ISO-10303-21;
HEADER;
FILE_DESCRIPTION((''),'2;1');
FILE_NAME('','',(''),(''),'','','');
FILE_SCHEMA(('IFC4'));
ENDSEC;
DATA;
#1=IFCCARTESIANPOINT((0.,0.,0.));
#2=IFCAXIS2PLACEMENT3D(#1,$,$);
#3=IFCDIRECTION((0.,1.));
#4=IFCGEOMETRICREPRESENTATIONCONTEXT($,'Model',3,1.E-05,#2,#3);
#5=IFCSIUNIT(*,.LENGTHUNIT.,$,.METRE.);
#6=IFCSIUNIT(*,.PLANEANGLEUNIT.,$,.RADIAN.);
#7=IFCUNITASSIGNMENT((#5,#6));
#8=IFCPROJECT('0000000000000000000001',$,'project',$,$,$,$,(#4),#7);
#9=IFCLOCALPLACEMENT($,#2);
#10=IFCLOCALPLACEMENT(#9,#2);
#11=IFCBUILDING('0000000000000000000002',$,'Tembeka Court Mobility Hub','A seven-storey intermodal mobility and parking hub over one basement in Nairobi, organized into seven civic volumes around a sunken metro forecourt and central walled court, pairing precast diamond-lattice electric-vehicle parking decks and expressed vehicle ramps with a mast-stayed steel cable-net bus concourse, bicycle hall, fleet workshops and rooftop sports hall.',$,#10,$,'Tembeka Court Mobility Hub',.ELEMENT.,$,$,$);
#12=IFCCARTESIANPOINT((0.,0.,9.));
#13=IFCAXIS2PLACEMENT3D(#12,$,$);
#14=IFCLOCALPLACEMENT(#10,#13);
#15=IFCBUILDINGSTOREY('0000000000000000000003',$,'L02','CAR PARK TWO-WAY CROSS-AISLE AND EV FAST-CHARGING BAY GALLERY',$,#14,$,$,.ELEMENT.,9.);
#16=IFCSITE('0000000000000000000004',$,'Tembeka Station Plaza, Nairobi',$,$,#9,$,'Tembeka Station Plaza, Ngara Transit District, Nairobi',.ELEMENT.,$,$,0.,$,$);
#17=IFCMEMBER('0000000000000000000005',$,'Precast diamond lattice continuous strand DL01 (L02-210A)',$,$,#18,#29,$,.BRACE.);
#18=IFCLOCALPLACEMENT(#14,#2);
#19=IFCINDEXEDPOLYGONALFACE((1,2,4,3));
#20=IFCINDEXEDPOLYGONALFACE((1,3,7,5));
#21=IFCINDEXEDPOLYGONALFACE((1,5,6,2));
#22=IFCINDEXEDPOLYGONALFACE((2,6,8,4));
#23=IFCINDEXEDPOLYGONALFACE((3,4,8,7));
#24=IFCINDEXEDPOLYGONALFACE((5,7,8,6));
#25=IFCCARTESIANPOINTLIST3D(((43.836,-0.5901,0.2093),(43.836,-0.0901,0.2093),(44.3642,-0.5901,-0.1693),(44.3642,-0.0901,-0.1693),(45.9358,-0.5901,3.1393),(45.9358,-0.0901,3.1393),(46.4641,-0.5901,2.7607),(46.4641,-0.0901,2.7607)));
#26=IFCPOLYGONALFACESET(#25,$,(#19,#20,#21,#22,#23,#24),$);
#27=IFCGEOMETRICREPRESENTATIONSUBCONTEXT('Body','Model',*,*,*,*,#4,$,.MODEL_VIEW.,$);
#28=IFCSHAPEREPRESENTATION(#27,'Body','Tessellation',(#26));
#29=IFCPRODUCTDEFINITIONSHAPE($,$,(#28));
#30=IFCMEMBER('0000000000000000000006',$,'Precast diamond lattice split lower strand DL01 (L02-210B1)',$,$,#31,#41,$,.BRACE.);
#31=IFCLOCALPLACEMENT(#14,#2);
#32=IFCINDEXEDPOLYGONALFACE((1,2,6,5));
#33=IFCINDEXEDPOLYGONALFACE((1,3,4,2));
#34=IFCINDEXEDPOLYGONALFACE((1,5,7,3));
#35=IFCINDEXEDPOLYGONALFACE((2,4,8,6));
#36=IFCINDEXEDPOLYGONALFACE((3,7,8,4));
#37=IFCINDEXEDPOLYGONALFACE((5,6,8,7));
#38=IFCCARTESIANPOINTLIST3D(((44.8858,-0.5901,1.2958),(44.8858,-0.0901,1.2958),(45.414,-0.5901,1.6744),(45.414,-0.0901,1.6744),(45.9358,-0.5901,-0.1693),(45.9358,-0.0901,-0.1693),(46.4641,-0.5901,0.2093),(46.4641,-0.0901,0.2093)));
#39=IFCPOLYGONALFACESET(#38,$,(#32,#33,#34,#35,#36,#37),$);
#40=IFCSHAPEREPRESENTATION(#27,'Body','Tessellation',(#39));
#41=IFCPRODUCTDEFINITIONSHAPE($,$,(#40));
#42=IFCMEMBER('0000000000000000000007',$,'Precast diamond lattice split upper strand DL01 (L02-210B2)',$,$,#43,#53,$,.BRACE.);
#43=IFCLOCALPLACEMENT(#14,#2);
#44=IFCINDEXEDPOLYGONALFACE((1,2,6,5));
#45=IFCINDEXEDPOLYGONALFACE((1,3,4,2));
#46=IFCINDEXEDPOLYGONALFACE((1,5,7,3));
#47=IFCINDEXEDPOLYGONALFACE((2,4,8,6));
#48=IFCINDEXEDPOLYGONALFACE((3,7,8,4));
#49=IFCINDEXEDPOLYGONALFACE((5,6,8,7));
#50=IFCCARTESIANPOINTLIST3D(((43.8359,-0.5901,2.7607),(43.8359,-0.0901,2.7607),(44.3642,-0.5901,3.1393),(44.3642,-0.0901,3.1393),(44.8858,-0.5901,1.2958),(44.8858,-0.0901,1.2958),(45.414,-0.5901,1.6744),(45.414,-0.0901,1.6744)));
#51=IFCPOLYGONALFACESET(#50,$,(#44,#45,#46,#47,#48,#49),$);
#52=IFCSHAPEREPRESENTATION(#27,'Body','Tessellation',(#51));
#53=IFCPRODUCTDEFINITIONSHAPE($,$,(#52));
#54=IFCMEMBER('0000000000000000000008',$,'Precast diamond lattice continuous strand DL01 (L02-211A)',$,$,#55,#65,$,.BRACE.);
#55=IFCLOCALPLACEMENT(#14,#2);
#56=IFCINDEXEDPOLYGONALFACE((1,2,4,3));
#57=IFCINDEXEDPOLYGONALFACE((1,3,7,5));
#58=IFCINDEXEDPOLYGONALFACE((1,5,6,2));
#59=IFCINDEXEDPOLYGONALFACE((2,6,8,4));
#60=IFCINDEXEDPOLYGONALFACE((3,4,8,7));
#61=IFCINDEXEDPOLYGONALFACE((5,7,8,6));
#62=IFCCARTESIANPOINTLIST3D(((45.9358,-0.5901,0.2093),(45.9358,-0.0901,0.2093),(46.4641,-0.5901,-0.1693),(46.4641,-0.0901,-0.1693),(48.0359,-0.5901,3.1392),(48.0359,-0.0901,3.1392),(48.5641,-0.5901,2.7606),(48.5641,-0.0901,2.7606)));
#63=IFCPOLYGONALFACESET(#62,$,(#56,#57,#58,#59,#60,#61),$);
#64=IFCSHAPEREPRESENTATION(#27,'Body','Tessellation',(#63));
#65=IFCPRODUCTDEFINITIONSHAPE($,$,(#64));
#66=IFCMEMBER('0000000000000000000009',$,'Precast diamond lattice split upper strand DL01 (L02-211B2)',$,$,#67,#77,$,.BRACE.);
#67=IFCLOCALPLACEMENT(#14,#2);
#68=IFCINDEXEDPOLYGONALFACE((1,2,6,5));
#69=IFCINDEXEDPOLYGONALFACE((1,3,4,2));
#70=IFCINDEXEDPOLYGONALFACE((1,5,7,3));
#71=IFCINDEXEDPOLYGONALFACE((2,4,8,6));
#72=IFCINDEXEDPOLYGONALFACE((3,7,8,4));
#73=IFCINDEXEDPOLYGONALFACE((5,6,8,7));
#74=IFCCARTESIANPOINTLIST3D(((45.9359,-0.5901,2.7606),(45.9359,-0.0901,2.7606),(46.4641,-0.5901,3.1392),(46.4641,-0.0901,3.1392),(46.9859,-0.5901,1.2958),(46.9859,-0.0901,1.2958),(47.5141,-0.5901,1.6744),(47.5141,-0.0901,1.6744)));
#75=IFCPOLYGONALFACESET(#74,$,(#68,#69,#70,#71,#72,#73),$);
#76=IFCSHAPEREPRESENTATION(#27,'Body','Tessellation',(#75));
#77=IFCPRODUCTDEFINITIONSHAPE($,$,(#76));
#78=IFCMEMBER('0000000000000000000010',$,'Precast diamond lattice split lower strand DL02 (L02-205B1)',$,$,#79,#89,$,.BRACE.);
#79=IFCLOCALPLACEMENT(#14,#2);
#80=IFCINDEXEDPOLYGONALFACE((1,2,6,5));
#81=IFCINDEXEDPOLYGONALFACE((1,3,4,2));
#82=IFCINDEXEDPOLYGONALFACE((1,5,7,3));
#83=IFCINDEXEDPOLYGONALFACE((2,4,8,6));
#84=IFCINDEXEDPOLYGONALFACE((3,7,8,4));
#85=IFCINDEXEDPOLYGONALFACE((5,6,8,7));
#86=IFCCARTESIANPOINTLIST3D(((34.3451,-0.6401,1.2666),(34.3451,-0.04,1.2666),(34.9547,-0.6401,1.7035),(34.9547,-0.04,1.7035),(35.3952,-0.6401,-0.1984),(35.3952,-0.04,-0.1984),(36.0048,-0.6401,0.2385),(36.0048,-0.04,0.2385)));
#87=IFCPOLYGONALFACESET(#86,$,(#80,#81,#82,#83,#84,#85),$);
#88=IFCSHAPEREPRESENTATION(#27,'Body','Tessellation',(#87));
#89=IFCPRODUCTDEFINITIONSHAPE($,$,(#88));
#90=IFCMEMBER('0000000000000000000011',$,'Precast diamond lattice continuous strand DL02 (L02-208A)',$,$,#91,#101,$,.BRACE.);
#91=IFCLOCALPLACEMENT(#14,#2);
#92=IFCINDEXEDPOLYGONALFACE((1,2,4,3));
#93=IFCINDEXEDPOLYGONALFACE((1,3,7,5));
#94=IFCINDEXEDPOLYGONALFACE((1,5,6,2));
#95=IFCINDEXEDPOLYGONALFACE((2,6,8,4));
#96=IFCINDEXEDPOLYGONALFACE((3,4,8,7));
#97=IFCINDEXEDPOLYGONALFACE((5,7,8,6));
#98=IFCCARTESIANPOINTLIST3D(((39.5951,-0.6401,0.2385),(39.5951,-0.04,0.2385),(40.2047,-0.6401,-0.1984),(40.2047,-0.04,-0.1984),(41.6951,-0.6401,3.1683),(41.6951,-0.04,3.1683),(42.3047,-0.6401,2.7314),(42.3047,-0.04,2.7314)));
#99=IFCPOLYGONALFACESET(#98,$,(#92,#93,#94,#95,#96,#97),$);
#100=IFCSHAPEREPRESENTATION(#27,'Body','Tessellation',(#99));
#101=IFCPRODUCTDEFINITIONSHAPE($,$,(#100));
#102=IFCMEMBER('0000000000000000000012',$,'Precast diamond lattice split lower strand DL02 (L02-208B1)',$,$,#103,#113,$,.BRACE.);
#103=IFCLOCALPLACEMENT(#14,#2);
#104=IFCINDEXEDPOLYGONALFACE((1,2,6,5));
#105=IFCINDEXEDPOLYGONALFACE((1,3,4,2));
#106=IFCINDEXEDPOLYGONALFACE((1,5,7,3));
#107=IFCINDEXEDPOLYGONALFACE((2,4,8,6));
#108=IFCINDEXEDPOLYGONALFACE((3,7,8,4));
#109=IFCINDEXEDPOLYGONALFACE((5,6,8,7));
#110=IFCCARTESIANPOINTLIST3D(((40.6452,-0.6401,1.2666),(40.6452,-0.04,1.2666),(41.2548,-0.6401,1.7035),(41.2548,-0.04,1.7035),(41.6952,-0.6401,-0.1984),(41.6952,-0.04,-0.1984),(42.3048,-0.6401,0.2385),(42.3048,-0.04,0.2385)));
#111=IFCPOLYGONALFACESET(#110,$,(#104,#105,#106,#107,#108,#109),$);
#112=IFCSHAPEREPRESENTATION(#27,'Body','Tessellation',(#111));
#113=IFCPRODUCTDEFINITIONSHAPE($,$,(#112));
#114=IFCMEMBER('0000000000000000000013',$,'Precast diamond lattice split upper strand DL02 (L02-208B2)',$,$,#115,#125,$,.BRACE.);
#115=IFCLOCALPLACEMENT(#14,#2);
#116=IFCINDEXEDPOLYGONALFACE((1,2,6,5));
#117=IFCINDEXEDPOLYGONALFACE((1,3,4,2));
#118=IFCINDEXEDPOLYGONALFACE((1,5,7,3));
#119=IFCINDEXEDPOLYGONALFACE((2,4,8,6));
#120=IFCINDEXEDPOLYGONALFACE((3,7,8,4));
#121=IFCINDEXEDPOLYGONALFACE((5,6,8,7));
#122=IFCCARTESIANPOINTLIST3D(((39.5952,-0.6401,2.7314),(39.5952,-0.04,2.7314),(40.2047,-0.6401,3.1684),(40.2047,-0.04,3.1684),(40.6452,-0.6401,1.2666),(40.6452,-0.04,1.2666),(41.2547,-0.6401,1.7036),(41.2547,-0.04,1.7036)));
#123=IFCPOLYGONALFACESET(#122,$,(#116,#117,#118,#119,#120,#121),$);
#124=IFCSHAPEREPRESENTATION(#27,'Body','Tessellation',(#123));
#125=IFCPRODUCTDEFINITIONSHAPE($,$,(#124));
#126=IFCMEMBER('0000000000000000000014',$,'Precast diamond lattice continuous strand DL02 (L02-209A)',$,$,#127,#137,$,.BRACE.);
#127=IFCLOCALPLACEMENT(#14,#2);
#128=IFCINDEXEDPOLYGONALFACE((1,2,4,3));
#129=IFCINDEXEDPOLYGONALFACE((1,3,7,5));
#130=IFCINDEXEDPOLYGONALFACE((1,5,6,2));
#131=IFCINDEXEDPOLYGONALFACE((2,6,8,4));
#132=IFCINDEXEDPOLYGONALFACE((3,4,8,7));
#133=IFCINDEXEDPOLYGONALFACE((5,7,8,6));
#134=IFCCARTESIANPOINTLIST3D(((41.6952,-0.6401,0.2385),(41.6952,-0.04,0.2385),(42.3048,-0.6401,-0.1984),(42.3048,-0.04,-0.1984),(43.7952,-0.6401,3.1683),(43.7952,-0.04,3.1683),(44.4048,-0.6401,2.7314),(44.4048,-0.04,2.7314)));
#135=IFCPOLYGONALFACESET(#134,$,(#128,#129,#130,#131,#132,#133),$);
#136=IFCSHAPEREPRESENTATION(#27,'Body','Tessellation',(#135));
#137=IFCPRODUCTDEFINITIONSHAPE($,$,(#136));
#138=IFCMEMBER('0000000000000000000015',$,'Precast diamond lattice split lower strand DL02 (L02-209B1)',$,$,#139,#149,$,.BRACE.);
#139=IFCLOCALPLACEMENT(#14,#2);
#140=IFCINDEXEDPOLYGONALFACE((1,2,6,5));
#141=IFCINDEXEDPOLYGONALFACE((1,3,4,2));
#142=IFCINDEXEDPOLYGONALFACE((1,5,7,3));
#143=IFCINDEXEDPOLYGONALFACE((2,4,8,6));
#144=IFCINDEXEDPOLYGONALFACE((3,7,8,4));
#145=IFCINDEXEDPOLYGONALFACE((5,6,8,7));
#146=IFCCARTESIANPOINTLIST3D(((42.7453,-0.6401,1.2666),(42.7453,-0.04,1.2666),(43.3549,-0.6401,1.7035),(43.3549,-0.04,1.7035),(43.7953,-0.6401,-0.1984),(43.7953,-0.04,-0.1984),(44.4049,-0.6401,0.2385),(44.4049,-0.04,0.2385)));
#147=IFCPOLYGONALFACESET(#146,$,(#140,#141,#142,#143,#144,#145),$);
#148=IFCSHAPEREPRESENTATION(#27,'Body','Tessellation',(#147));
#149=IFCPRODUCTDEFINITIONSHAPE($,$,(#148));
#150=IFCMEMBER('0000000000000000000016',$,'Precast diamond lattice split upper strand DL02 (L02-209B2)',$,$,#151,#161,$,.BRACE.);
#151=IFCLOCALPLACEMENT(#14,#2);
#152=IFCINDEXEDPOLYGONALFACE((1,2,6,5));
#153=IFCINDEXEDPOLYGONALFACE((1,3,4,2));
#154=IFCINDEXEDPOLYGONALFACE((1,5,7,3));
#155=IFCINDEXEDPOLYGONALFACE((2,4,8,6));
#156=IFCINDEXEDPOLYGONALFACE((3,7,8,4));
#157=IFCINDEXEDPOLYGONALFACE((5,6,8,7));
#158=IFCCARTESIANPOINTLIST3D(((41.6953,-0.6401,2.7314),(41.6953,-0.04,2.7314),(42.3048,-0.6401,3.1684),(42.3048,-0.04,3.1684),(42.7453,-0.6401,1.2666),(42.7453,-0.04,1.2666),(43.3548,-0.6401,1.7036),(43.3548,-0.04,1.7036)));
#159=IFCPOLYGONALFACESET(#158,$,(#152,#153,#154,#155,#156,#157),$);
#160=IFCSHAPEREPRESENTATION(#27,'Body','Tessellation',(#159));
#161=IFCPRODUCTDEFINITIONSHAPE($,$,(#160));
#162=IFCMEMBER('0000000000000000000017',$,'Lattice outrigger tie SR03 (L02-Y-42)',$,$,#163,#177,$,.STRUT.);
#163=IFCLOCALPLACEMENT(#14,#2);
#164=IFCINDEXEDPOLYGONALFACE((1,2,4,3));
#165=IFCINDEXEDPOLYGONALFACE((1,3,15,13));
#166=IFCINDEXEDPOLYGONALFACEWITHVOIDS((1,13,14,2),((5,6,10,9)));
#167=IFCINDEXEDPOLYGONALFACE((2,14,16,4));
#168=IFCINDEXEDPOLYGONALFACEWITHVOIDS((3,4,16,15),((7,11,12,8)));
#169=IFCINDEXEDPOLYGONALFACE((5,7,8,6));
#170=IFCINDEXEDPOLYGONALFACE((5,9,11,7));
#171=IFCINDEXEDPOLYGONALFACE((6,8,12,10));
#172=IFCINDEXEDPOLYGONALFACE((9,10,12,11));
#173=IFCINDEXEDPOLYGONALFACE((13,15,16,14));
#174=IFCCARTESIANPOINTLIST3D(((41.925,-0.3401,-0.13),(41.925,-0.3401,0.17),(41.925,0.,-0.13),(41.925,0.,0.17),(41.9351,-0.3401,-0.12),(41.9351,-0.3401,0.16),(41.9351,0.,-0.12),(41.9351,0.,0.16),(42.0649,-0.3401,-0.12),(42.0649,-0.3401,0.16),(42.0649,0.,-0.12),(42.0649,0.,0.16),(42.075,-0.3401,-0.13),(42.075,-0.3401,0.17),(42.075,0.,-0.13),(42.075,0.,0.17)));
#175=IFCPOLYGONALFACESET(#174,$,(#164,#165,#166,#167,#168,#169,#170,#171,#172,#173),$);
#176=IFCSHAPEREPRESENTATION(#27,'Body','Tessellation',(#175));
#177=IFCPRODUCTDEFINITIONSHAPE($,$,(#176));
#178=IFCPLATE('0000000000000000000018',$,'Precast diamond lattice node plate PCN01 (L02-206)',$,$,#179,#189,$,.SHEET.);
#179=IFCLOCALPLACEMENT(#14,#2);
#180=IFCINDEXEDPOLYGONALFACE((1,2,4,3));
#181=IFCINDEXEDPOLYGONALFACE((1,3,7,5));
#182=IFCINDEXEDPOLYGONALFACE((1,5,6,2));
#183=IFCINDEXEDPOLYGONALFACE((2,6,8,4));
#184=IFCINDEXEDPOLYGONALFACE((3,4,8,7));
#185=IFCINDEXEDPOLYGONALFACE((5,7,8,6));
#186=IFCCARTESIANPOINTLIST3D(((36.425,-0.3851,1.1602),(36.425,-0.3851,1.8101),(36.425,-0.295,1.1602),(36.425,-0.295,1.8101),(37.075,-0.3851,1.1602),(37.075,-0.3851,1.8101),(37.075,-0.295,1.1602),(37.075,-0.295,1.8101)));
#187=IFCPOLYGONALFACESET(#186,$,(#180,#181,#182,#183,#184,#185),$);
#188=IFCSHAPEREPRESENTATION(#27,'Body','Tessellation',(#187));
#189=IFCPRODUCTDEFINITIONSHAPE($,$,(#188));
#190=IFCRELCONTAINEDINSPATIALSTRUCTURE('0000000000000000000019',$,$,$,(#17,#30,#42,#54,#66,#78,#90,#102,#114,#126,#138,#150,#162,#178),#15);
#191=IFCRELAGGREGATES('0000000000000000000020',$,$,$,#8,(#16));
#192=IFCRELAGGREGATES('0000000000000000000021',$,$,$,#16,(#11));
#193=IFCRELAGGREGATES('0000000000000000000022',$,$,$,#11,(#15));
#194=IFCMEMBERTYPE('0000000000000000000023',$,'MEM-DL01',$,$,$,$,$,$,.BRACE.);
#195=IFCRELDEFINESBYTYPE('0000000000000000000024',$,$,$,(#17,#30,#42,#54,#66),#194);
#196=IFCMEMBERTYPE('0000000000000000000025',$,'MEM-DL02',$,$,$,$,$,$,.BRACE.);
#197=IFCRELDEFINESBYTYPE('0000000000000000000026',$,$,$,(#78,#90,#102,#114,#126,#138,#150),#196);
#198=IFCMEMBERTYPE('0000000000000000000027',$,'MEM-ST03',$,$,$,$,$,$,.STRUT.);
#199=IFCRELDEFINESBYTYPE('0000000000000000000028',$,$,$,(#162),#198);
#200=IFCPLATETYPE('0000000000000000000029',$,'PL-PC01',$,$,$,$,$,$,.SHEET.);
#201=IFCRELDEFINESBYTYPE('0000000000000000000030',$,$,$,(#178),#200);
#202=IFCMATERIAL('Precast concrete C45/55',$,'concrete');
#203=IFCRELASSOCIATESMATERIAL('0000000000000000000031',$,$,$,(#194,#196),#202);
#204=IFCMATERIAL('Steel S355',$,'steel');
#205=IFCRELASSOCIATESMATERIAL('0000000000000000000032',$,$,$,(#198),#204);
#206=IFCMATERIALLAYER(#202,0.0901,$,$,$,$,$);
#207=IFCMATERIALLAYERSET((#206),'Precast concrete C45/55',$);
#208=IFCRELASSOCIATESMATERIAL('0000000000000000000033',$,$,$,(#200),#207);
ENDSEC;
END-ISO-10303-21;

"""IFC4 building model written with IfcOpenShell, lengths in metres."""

from ifc_helpers import new_model, si_unit, direction, frame, origin, origin_2d, place, context, subcontext, project, spatial, rectangle, hollow_rectangle, extrude, material, layer, layer_set, material_profile, profile_set, type_object, element, save


model = new_model("IFC4")

# Units and contexts
model_context = context("Model", 3, precision=1e-05, world=origin(), true_north=direction((0.0, 1.0)))
body_context = subcontext(model_context, "Body", "Model", "MODEL_VIEW")
ifc_project = project(units=[si_unit("LENGTHUNIT", "METRE"), si_unit("PLANEANGLEUNIT", "RADIAN")], contexts=[model_context])

# Site, building, storey
site_placement = place(None, origin())
site = spatial("IfcSite", under=ifc_project, at=site_placement, Name="Tembeka Station Plaza, Nairobi", LongName="Tembeka Station Plaza, Ngara Transit District, Nairobi", CompositionType="ELEMENT", RefElevation=0.0)
building_placement = place(site_placement, origin())
building = spatial("IfcBuilding", under=site, at=building_placement, Name="Tembeka Court Mobility Hub", Description="A seven-storey intermodal mobility and parking hub over one basement in Nairobi, organized into seven civic volumes around a sunken metro forecourt and central walled court, pairing precast diamond-lattice electric-vehicle parking decks and expressed vehicle ramps with a mast-stayed steel cable-net bus concourse, bicycle hall, fleet workshops and rooftop sports hall.", LongName="Tembeka Court Mobility Hub", CompositionType="ELEMENT")
storey_placement = place(building_placement, frame((0.0, 0.0, 9.0)))
storey = spatial("IfcBuildingStorey", under=building, at=storey_placement, Name="L02", Description="CAR PARK TWO-WAY CROSS-AISLE AND EV FAST-CHARGING BAY GALLERY", CompositionType="ELEMENT", Elevation=9.0)

# Shared definitions
ifc_material_1 = material(Name="Steel S355", Category="steel")

# Shared definitions
ifc_material_2 = material(Name="Precast concrete C45/55", Category="concrete")

# Members
ifc_material_profile_1 = material_profile(ifc_material_2, rectangle(XDim=0.5, YDim=0.6499, at=origin_2d()), Name="PC-DIAG 500x650")
ifc_profile_set_1 = profile_set([ifc_material_profile_1], Name="Precast concrete C45/55")
member_type_1 = type_object("IfcMemberType", Name="MEM-DL01", PredefinedType="BRACE", material=ifc_profile_set_1)
member_1_placement = place(storey_placement, frame((44.1001, -0.3401, 0.02), z_axis=(0.582532, 0.0, 0.812808), x_axis=(0.0, 1.0, 0.0)))
element("IfcMember", 1, at=member_1_placement, inside=storey, type_object=member_type_1, Name="Precast diamond lattice continuous strand DL01 (L02-210A)", PredefinedType="BRACE", context=body_context, shape_type="SweptSolid", body=[
    extrude(rectangle(XDim=0.5, YDim=0.6499, at=origin_2d()), origin(), (0.0, 0.0, 1.0), 3.6047),
])
member_2_placement = place(storey_placement, frame((46.2, -0.3401, 0.02), z_axis=(-0.582544, 0.0, 0.812799), x_axis=(0.0, -1.0, 0.0)))
element("IfcMember", 2, at=member_2_placement, inside=storey, type_object=member_type_1, Name="Precast diamond lattice split lower strand DL01 (L02-210B1)", PredefinedType="BRACE", context=body_context, shape_type="SweptSolid", body=[
    extrude(rectangle(XDim=0.5, YDim=0.6499, at=origin_2d()), origin(), (0.0, 0.0, 1.0), 1.8025),
])
member_3_placement = place(storey_placement, frame((45.1499, -0.3401, 1.4851), z_axis=(-0.582519, 0.0, 0.812817), x_axis=(0.0, -1.0, 0.0)))
element("IfcMember", 3, at=member_3_placement, inside=storey, type_object=member_type_1, Name="Precast diamond lattice split upper strand DL01 (L02-210B2)", PredefinedType="BRACE", context=body_context, shape_type="SweptSolid", body=[
    extrude(rectangle(XDim=0.5, YDim=0.6499, at=origin_2d()), origin(), (0.0, 0.0, 1.0), 1.8022),
])
member_4_placement = place(storey_placement, frame((46.2, -0.3401, 0.02), z_axis=(0.582576, 0.0, 0.812776), x_axis=(0.0, 1.0, 0.0)))
element("IfcMember", 4, at=member_4_placement, inside=storey, type_object=member_type_1, Name="Precast diamond lattice continuous strand DL01 (L02-211A)", PredefinedType="BRACE", context=body_context, shape_type="SweptSolid", body=[
    extrude(rectangle(XDim=0.5, YDim=0.6499, at=origin_2d()), origin(), (0.0, 0.0, 1.0), 3.6047),
])
member_5_placement = place(storey_placement, frame((47.25, -0.3401, 1.4851), z_axis=(-0.582608, 0.0, 0.812753), x_axis=(0.0, -1.0, 0.0)))
element("IfcMember", 5, at=member_5_placement, inside=storey, type_object=member_type_1, Name="Precast diamond lattice split upper strand DL01 (L02-211B2)", PredefinedType="BRACE", context=body_context, shape_type="SweptSolid", body=[
    extrude(rectangle(XDim=0.5, YDim=0.6499, at=origin_2d()), origin(), (0.0, 0.0, 1.0), 1.8022),
])
ifc_material_profile_2 = material_profile(ifc_material_2, rectangle(XDim=0.6001, YDim=0.75, at=origin_2d()), Name="PC-DIAG 600x750")
ifc_profile_set_2 = profile_set([ifc_material_profile_2], Name="Precast concrete C45/55")
member_type_2 = type_object("IfcMemberType", Name="MEM-DL02", PredefinedType="BRACE", material=ifc_profile_set_2)
member_6_placement = place(storey_placement, frame((35.7, -0.3401, 0.02), z_axis=(-0.582544, 0.0, 0.812799), x_axis=(0.0, -1.0, 0.0)))
element("IfcMember", 6, at=member_6_placement, inside=storey, type_object=member_type_2, Name="Precast diamond lattice split lower strand DL02 (L02-205B1)", PredefinedType="BRACE", context=body_context, shape_type="SweptSolid", body=[
    extrude(rectangle(XDim=0.6001, YDim=0.75, at=origin_2d()), origin(), (0.0, 0.0, 1.0), 1.8025),
])
member_7_placement = place(storey_placement, frame((39.8999, -0.3401, 0.02), z_axis=(0.582576, 0.0, 0.812776), x_axis=(0.0, 1.0, 0.0)))
element("IfcMember", 7, at=member_7_placement, inside=storey, type_object=member_type_2, Name="Precast diamond lattice continuous strand DL02 (L02-208A)", PredefinedType="BRACE", context=body_context, shape_type="SweptSolid", body=[
    extrude(rectangle(XDim=0.6001, YDim=0.75, at=origin_2d()), origin(), (0.0, 0.0, 1.0), 3.6047),
])
member_8_placement = place(storey_placement, frame((42.0, -0.3401, 0.02), z_axis=(-0.582544, 0.0, 0.812799), x_axis=(0.0, -1.0, 0.0)))
element("IfcMember", 8, at=member_8_placement, inside=storey, type_object=member_type_2, Name="Precast diamond lattice split lower strand DL02 (L02-208B1)", PredefinedType="BRACE", context=body_context, shape_type="SweptSolid", body=[
    extrude(rectangle(XDim=0.6001, YDim=0.75, at=origin_2d()), origin(), (0.0, 0.0, 1.0), 1.8025),
])
member_9_placement = place(storey_placement, frame((40.95, -0.3401, 1.4851), z_axis=(-0.582608, 0.0, 0.812753), x_axis=(0.0, -1.0, 0.0)))
element("IfcMember", 9, at=member_9_placement, inside=storey, type_object=member_type_2, Name="Precast diamond lattice split upper strand DL02 (L02-208B2)", PredefinedType="BRACE", context=body_context, shape_type="SweptSolid", body=[
    extrude(rectangle(XDim=0.6001, YDim=0.75, at=origin_2d()), origin(), (0.0, 0.0, 1.0), 1.8022),
])
member_10_placement = place(storey_placement, frame((42.0, -0.3401, 0.02), z_axis=(0.582576, 0.0, 0.812776), x_axis=(0.0, 1.0, 0.0)))
element("IfcMember", 10, at=member_10_placement, inside=storey, type_object=member_type_2, Name="Precast diamond lattice continuous strand DL02 (L02-209A)", PredefinedType="BRACE", context=body_context, shape_type="SweptSolid", body=[
    extrude(rectangle(XDim=0.6001, YDim=0.75, at=origin_2d()), origin(), (0.0, 0.0, 1.0), 3.6047),
])
member_11_placement = place(storey_placement, frame((44.1001, -0.3401, 0.02), z_axis=(-0.582544, 0.0, 0.812799), x_axis=(0.0, -1.0, 0.0)))
element("IfcMember", 11, at=member_11_placement, inside=storey, type_object=member_type_2, Name="Precast diamond lattice split lower strand DL02 (L02-209B1)", PredefinedType="BRACE", context=body_context, shape_type="SweptSolid", body=[
    extrude(rectangle(XDim=0.6001, YDim=0.75, at=origin_2d()), origin(), (0.0, 0.0, 1.0), 1.8025),
])
member_12_placement = place(storey_placement, frame((43.05, -0.3401, 1.4851), z_axis=(-0.582608, 0.0, 0.812753), x_axis=(0.0, -1.0, 0.0)))
element("IfcMember", 12, at=member_12_placement, inside=storey, type_object=member_type_2, Name="Precast diamond lattice split upper strand DL02 (L02-209B2)", PredefinedType="BRACE", context=body_context, shape_type="SweptSolid", body=[
    extrude(rectangle(XDim=0.6001, YDim=0.75, at=origin_2d()), origin(), (0.0, 0.0, 1.0), 1.8022),
])
ifc_material_profile_3 = material_profile(ifc_material_1, hollow_rectangle(XDim=0.1499, YDim=0.3, WallThickness=0.01, at=origin_2d()), Name="RHS 300x150x10")
ifc_profile_set_3 = profile_set([ifc_material_profile_3], Name="Steel S355")
member_type_3 = type_object("IfcMemberType", Name="MEM-ST03", PredefinedType="STRUT", material=ifc_profile_set_3)
member_13_placement = place(storey_placement, frame((42.0, 0.0, 0.02), z_axis=(0.0, -1.0, 0.0), x_axis=(1.0, 0.0, 0.0)))
element("IfcMember", 13, at=member_13_placement, inside=storey, type_object=member_type_3, Name="Lattice outrigger tie SR03 (L02-Y-42)", PredefinedType="STRUT", context=body_context, shape_type="SweptSolid", body=[
    extrude(hollow_rectangle(XDim=0.1499, YDim=0.3, WallThickness=0.01, at=origin_2d()), origin(), (0.0, 0.0, 1.0), 0.3401),
])

# Plate
ifc_layer = layer(ifc_material_2, 0.0901)
ifc_layer_set = layer_set([ifc_layer], Name="Precast concrete C45/55")
plate_type = type_object("IfcPlateType", Name="PL-PC01", PredefinedType="SHEET", material=ifc_layer_set)
for number, where, z_axis, x_axis, name in (
    (14, (36.75, -0.3401, 1.1602), (0.0, 0.0, 1.0), (1.0, 0.0, 0.0), "Precast diamond lattice node plate PCN01 (L02-206)"),
):
    element("IfcPlate", number, at=place(storey_placement, frame(where, z_axis=z_axis, x_axis=x_axis)), inside=storey, type_object=plate_type, Name=name, PredefinedType="SHEET", context=body_context, shape_type="SweptSolid", body=[
        extrude(rectangle(XDim=0.6499, YDim=0.0901, at=origin_2d()), origin(), (0.0, 0.0, 1.0), 0.6499),
    ])

save(model, "model.ifc")
